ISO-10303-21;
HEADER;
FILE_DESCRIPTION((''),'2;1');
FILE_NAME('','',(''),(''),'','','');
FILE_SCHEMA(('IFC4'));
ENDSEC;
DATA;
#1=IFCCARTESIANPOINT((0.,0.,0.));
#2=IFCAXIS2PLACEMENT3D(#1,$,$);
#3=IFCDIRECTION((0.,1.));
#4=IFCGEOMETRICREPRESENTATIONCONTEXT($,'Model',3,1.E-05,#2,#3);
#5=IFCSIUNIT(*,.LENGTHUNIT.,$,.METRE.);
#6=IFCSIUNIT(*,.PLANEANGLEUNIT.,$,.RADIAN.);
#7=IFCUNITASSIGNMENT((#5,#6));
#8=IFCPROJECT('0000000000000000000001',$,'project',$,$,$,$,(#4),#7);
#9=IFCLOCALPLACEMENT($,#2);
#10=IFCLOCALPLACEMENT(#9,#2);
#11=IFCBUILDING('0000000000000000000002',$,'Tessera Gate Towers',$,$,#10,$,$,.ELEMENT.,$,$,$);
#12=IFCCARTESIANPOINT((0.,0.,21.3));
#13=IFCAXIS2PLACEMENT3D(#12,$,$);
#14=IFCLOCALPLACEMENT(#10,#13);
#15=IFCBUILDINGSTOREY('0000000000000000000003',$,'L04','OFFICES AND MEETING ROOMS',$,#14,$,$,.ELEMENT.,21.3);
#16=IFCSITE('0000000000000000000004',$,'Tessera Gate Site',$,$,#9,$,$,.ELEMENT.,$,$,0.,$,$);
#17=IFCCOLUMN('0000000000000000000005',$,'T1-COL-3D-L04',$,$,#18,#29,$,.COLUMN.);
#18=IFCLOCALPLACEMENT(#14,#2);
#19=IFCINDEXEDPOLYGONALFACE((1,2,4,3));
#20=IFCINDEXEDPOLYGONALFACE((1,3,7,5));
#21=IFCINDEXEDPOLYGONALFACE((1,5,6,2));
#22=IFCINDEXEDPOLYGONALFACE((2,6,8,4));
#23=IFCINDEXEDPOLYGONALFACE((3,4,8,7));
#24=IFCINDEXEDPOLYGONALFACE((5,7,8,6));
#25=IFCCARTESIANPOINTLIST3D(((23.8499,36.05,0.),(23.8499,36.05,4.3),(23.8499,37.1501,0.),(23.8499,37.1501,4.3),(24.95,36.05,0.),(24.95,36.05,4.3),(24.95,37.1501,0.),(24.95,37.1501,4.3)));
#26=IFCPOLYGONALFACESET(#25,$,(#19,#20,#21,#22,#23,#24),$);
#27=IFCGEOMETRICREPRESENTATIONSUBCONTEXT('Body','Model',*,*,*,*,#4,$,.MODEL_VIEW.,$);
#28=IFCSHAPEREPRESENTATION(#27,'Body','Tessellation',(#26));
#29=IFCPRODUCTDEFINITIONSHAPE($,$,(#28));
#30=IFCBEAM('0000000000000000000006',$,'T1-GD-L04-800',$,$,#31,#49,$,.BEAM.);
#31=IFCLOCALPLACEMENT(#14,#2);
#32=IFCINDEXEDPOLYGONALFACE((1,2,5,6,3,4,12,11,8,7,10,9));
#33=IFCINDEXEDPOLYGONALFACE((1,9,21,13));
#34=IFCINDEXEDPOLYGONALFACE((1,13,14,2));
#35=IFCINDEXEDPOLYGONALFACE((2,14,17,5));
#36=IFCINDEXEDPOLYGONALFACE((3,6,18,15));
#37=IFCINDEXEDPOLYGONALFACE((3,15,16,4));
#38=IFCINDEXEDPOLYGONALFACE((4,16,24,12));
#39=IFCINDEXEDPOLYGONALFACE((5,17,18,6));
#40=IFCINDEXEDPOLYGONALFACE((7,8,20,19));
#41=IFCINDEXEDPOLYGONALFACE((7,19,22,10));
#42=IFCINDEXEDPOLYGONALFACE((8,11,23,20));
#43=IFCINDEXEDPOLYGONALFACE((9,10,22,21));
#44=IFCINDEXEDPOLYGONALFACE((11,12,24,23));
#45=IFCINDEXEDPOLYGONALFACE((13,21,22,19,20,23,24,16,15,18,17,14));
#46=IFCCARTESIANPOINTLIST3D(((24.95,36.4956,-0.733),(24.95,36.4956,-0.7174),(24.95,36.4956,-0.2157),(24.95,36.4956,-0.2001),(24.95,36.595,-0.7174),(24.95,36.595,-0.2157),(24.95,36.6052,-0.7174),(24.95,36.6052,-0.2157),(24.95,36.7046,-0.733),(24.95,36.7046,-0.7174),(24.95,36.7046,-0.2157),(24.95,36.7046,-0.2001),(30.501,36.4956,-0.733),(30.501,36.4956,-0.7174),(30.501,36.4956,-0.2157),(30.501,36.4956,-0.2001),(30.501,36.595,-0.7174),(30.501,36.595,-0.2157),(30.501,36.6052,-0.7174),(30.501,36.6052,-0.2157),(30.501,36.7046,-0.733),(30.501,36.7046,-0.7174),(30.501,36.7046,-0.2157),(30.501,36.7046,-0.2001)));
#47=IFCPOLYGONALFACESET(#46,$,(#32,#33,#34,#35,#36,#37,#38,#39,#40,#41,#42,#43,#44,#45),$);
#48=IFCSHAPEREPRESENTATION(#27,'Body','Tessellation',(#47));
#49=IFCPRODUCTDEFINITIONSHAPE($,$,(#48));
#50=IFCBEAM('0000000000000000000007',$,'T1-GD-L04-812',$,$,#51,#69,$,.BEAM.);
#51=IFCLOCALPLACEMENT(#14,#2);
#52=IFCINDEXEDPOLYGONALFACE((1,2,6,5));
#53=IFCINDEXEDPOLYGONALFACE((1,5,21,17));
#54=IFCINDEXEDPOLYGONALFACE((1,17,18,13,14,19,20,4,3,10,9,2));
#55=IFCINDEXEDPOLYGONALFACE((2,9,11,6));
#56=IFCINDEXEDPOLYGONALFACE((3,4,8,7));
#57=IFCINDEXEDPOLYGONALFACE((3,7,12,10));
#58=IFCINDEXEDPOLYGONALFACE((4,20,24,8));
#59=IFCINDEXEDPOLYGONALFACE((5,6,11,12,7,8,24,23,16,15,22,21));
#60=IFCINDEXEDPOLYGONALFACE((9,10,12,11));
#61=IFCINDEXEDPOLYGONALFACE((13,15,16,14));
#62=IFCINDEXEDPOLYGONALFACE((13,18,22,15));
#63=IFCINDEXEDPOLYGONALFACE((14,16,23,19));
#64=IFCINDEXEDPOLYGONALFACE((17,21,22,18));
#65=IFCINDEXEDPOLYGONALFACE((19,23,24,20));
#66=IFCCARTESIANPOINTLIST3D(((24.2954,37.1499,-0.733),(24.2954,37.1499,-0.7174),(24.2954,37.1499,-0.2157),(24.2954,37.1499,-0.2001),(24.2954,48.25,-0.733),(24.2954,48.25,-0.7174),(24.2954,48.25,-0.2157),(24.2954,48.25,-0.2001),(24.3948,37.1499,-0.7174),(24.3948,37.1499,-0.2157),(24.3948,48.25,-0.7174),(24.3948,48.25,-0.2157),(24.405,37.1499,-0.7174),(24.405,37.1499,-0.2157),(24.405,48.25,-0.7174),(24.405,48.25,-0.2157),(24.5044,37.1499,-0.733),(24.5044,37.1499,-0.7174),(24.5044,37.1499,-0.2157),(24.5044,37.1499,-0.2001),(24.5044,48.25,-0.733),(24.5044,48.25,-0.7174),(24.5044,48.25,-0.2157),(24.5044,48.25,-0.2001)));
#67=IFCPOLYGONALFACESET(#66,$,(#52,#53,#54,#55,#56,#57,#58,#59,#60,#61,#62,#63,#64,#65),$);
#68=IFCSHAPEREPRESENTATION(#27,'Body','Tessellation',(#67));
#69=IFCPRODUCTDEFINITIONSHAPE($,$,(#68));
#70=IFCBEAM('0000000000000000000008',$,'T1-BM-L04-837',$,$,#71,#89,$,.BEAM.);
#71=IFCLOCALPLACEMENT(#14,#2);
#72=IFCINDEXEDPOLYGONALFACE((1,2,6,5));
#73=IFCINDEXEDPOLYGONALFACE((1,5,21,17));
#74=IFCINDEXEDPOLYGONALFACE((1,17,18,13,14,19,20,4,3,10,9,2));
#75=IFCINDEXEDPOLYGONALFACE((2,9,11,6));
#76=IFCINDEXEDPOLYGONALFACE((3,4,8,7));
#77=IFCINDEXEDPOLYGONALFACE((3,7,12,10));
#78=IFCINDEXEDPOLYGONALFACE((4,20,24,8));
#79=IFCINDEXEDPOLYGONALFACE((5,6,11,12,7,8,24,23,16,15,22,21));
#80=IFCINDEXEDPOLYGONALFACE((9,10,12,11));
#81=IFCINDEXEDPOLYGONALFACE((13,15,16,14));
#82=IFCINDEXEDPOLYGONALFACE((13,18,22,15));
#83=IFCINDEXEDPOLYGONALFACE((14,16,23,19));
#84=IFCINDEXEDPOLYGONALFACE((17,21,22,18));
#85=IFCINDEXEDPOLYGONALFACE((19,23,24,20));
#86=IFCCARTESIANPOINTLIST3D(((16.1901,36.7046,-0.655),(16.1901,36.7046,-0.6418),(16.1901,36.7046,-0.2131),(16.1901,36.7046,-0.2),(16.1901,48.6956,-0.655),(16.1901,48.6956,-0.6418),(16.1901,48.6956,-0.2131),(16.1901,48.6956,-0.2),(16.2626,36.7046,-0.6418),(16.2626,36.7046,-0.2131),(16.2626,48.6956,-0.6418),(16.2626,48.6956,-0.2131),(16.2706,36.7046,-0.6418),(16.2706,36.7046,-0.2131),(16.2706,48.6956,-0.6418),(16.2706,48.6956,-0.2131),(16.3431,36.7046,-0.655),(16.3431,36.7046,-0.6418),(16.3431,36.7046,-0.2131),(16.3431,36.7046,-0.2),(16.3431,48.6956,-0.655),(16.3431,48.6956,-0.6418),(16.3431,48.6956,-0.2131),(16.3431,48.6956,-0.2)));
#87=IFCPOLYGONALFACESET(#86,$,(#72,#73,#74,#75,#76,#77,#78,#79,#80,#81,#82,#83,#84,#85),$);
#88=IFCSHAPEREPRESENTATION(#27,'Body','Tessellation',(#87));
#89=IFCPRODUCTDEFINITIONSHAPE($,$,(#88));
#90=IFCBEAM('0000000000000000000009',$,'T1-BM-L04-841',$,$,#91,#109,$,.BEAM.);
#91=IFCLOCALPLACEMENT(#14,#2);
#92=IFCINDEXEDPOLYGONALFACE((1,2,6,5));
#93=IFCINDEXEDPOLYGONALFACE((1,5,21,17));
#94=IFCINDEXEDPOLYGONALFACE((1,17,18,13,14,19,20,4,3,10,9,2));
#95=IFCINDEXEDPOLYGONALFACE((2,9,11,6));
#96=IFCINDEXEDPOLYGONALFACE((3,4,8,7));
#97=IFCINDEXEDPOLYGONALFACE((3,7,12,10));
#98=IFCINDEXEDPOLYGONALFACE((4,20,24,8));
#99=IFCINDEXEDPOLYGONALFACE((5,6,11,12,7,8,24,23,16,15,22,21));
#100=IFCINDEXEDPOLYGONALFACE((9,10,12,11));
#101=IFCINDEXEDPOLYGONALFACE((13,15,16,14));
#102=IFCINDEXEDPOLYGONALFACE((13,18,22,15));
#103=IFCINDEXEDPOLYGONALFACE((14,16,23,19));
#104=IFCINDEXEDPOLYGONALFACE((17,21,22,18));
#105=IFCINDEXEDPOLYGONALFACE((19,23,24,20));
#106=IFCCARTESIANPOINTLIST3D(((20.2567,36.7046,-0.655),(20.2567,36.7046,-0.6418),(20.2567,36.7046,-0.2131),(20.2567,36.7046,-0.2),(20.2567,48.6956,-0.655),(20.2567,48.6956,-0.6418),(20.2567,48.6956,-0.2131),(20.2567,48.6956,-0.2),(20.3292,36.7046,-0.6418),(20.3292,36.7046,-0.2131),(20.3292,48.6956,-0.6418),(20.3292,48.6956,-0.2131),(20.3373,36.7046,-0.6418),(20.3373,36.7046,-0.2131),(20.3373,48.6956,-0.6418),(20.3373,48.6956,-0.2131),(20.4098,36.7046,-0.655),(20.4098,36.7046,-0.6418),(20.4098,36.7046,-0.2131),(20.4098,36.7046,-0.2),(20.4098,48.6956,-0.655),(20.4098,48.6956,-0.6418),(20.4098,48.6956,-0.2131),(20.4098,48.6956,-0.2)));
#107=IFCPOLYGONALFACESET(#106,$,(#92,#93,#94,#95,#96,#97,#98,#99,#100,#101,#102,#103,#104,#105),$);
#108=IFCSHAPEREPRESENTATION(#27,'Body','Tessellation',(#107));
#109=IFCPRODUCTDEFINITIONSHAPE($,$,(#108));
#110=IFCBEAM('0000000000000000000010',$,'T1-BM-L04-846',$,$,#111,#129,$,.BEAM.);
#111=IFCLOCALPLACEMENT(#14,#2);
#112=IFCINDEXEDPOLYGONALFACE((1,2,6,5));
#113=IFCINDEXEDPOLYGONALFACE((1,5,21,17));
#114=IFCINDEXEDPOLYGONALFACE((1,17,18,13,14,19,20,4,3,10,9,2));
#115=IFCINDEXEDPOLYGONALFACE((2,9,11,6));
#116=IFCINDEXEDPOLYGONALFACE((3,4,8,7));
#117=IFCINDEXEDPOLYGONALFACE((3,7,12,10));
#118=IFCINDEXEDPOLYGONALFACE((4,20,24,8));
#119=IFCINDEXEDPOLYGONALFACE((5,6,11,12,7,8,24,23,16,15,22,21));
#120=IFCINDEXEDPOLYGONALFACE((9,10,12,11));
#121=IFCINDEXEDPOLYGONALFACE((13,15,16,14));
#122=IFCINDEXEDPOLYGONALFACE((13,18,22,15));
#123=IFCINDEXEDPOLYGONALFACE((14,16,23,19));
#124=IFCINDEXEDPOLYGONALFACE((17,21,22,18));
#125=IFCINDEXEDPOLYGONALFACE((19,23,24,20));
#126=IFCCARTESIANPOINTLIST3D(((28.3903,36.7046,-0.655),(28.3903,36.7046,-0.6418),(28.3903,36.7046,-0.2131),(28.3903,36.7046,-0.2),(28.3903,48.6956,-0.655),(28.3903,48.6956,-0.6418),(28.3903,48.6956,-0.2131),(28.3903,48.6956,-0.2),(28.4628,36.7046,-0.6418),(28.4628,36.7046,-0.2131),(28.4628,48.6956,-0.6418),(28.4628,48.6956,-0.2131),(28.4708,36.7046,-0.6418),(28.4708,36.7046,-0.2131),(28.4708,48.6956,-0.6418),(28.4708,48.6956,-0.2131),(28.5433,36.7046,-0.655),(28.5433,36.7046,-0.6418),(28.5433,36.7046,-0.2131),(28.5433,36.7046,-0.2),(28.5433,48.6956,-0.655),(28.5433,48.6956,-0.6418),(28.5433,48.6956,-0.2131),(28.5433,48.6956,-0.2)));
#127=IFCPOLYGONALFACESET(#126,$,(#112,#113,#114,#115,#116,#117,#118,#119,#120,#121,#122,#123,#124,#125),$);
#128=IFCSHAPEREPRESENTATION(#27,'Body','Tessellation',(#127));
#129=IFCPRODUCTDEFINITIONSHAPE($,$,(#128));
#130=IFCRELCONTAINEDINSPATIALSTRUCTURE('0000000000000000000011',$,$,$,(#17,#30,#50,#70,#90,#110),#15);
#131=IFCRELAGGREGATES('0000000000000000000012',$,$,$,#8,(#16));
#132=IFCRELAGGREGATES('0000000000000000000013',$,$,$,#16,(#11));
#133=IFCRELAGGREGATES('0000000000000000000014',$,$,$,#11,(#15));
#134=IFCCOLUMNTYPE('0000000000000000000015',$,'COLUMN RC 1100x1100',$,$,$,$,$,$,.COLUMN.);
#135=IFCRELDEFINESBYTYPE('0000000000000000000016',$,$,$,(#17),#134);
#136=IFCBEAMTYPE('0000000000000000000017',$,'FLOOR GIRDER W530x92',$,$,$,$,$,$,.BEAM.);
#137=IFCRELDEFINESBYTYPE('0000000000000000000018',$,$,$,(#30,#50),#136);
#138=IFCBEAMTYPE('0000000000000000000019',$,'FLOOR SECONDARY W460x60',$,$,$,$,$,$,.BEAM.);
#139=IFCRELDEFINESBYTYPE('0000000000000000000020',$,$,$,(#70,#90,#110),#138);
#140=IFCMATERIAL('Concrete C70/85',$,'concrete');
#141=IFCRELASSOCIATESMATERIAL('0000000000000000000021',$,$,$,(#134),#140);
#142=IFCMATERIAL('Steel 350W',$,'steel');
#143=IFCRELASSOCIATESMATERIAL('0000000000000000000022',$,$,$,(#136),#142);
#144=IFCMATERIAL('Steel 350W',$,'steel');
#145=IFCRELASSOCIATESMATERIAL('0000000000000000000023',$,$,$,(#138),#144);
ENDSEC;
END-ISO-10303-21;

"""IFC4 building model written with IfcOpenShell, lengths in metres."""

from ifc_helpers import new_model, si_unit, direction, frame, origin, origin_2d, place, context, subcontext, project, spatial, rectangle, i_section, extrude, material, material_profile, profile_set, type_object, element, save


model = new_model("IFC4")

# Units and contexts
model_context = context("Model", 3, precision=1e-05, world=origin(), true_north=direction((0.0, 1.0)))
body_context = subcontext(model_context, "Body", "Model", "MODEL_VIEW")
ifc_project = project(units=[si_unit("LENGTHUNIT", "METRE"), si_unit("PLANEANGLEUNIT", "RADIAN")], contexts=[model_context])

# Site, building, storey
site_placement = place(None, origin())
site = spatial("IfcSite", under=ifc_project, at=site_placement, Name="Tessera Gate Site", CompositionType="ELEMENT", RefElevation=0.0)
building_placement = place(site_placement, origin())
building = spatial("IfcBuilding", under=site, at=building_placement, Name="Tessera Gate Towers", CompositionType="ELEMENT")
storey_placement = place(building_placement, frame((0.0, 0.0, 21.3)))
storey = spatial("IfcBuildingStorey", under=building, at=storey_placement, Name="L04", Description="OFFICES AND MEETING ROOMS", CompositionType="ELEMENT", Elevation=21.3)

# Column
ifc_material_1 = material(Name="Concrete C70/85", Category="concrete")
ifc_material_profile_1 = material_profile(ifc_material_1, rectangle(XDim=1.1001, YDim=1.1001, at=origin_2d()), Name="RC 1100x1100")
ifc_profile_set_1 = profile_set([ifc_material_profile_1], Name="Concrete C70/85")
column_type = type_object("IfcColumnType", Name="COLUMN RC 1100x1100", PredefinedType="COLUMN", material=ifc_profile_set_1)
column_placement = place(storey_placement, frame((24.3999, 36.6001, 0.0), z_axis=(0.0, 0.0, 1.0), x_axis=(1.0, 0.0, 0.0)))
element("IfcColumn", 1, at=column_placement, inside=storey, type_object=column_type, Name="T1-COL-3D-L04", PredefinedType="COLUMN", context=body_context, shape_type="SweptSolid", body=[
    extrude(rectangle(XDim=1.1001, YDim=1.1001, at=origin_2d()), origin(), (0.0, 0.0, 1.0), 4.3),
])

# Beams
ifc_material_2 = material(Name="Steel 350W", Category="steel")
ifc_material_profile_2 = material_profile(ifc_material_2, i_section(OverallWidth=0.209, OverallDepth=0.533, WebThickness=0.0103, FlangeThickness=0.0156, at=origin_2d()), Name="W530x92")
ifc_profile_set_2 = profile_set([ifc_material_profile_2], Name="Steel 350W")
beam_type_1 = type_object("IfcBeamType", Name="FLOOR GIRDER W530x92", PredefinedType="BEAM", material=ifc_profile_set_2)
beam_1_placement = place(storey_placement, frame((24.95, 36.6001, -0.4666), z_axis=(1.0, 0.0, 0.0), x_axis=(0.0, 1.0, 0.0)))
element("IfcBeam", 2, at=beam_1_placement, inside=storey, type_object=beam_type_1, Name="T1-GD-L04-800", PredefinedType="BEAM", context=body_context, shape_type="SweptSolid", body=[
    extrude(i_section(OverallWidth=0.209, OverallDepth=0.533, WebThickness=0.0103, FlangeThickness=0.0156, at=origin_2d()), origin(), (0.0, 0.0, 1.0), 5.551),
])
beam_2_placement = place(storey_placement, frame((24.3999, 37.1499, -0.4666), z_axis=(0.0, 1.0, 0.0), x_axis=(-1.0, 0.0, 0.0)))
element("IfcBeam", 3, at=beam_2_placement, inside=storey, type_object=beam_type_1, Name="T1-GD-L04-812", PredefinedType="BEAM", context=body_context, shape_type="SweptSolid", body=[
    extrude(i_section(OverallWidth=0.209, OverallDepth=0.533, WebThickness=0.0103, FlangeThickness=0.0156, at=origin_2d()), origin(), (0.0, 0.0, 1.0), 11.1001),
])
ifc_material_3 = material(Name="Steel 350W", Category="steel")
ifc_material_profile_3 = material_profile(ifc_material_3, i_section(OverallWidth=0.1531, OverallDepth=0.4551, WebThickness=0.0081, FlangeThickness=0.0132, at=origin_2d()), Name="W460x60")
ifc_profile_set_3 = profile_set([ifc_material_profile_3], Name="Steel 350W")
beam_type_2 = type_object("IfcBeamType", Name="FLOOR SECONDARY W460x60", PredefinedType="BEAM", material=ifc_profile_set_3)
for number, where, z_axis, x_axis, name in (
    (4, (16.2666, 36.7046, -0.4275), (0.0, 1.0, 0.0), (-1.0, 0.0, 0.0), "T1-BM-L04-837"),
    (5, (20.3333, 36.7046, -0.4275), (0.0, 1.0, 0.0), (-1.0, 0.0, 0.0), "T1-BM-L04-841"),
    (6, (28.4668, 36.7046, -0.4275), (0.0, 1.0, 0.0), (-1.0, 0.0, 0.0), "T1-BM-L04-846"),
):
    element("IfcBeam", number, at=place(storey_placement, frame(where, z_axis=z_axis, x_axis=x_axis)), inside=storey, type_object=beam_type_2, Name=name, PredefinedType="BEAM", context=body_context, shape_type="SweptSolid", body=[
        extrude(i_section(OverallWidth=0.1531, OverallDepth=0.4551, WebThickness=0.0081, FlangeThickness=0.0132, at=origin_2d()), origin(), (0.0, 0.0, 1.0), 11.991),
    ])

save(model, "model.ifc")
